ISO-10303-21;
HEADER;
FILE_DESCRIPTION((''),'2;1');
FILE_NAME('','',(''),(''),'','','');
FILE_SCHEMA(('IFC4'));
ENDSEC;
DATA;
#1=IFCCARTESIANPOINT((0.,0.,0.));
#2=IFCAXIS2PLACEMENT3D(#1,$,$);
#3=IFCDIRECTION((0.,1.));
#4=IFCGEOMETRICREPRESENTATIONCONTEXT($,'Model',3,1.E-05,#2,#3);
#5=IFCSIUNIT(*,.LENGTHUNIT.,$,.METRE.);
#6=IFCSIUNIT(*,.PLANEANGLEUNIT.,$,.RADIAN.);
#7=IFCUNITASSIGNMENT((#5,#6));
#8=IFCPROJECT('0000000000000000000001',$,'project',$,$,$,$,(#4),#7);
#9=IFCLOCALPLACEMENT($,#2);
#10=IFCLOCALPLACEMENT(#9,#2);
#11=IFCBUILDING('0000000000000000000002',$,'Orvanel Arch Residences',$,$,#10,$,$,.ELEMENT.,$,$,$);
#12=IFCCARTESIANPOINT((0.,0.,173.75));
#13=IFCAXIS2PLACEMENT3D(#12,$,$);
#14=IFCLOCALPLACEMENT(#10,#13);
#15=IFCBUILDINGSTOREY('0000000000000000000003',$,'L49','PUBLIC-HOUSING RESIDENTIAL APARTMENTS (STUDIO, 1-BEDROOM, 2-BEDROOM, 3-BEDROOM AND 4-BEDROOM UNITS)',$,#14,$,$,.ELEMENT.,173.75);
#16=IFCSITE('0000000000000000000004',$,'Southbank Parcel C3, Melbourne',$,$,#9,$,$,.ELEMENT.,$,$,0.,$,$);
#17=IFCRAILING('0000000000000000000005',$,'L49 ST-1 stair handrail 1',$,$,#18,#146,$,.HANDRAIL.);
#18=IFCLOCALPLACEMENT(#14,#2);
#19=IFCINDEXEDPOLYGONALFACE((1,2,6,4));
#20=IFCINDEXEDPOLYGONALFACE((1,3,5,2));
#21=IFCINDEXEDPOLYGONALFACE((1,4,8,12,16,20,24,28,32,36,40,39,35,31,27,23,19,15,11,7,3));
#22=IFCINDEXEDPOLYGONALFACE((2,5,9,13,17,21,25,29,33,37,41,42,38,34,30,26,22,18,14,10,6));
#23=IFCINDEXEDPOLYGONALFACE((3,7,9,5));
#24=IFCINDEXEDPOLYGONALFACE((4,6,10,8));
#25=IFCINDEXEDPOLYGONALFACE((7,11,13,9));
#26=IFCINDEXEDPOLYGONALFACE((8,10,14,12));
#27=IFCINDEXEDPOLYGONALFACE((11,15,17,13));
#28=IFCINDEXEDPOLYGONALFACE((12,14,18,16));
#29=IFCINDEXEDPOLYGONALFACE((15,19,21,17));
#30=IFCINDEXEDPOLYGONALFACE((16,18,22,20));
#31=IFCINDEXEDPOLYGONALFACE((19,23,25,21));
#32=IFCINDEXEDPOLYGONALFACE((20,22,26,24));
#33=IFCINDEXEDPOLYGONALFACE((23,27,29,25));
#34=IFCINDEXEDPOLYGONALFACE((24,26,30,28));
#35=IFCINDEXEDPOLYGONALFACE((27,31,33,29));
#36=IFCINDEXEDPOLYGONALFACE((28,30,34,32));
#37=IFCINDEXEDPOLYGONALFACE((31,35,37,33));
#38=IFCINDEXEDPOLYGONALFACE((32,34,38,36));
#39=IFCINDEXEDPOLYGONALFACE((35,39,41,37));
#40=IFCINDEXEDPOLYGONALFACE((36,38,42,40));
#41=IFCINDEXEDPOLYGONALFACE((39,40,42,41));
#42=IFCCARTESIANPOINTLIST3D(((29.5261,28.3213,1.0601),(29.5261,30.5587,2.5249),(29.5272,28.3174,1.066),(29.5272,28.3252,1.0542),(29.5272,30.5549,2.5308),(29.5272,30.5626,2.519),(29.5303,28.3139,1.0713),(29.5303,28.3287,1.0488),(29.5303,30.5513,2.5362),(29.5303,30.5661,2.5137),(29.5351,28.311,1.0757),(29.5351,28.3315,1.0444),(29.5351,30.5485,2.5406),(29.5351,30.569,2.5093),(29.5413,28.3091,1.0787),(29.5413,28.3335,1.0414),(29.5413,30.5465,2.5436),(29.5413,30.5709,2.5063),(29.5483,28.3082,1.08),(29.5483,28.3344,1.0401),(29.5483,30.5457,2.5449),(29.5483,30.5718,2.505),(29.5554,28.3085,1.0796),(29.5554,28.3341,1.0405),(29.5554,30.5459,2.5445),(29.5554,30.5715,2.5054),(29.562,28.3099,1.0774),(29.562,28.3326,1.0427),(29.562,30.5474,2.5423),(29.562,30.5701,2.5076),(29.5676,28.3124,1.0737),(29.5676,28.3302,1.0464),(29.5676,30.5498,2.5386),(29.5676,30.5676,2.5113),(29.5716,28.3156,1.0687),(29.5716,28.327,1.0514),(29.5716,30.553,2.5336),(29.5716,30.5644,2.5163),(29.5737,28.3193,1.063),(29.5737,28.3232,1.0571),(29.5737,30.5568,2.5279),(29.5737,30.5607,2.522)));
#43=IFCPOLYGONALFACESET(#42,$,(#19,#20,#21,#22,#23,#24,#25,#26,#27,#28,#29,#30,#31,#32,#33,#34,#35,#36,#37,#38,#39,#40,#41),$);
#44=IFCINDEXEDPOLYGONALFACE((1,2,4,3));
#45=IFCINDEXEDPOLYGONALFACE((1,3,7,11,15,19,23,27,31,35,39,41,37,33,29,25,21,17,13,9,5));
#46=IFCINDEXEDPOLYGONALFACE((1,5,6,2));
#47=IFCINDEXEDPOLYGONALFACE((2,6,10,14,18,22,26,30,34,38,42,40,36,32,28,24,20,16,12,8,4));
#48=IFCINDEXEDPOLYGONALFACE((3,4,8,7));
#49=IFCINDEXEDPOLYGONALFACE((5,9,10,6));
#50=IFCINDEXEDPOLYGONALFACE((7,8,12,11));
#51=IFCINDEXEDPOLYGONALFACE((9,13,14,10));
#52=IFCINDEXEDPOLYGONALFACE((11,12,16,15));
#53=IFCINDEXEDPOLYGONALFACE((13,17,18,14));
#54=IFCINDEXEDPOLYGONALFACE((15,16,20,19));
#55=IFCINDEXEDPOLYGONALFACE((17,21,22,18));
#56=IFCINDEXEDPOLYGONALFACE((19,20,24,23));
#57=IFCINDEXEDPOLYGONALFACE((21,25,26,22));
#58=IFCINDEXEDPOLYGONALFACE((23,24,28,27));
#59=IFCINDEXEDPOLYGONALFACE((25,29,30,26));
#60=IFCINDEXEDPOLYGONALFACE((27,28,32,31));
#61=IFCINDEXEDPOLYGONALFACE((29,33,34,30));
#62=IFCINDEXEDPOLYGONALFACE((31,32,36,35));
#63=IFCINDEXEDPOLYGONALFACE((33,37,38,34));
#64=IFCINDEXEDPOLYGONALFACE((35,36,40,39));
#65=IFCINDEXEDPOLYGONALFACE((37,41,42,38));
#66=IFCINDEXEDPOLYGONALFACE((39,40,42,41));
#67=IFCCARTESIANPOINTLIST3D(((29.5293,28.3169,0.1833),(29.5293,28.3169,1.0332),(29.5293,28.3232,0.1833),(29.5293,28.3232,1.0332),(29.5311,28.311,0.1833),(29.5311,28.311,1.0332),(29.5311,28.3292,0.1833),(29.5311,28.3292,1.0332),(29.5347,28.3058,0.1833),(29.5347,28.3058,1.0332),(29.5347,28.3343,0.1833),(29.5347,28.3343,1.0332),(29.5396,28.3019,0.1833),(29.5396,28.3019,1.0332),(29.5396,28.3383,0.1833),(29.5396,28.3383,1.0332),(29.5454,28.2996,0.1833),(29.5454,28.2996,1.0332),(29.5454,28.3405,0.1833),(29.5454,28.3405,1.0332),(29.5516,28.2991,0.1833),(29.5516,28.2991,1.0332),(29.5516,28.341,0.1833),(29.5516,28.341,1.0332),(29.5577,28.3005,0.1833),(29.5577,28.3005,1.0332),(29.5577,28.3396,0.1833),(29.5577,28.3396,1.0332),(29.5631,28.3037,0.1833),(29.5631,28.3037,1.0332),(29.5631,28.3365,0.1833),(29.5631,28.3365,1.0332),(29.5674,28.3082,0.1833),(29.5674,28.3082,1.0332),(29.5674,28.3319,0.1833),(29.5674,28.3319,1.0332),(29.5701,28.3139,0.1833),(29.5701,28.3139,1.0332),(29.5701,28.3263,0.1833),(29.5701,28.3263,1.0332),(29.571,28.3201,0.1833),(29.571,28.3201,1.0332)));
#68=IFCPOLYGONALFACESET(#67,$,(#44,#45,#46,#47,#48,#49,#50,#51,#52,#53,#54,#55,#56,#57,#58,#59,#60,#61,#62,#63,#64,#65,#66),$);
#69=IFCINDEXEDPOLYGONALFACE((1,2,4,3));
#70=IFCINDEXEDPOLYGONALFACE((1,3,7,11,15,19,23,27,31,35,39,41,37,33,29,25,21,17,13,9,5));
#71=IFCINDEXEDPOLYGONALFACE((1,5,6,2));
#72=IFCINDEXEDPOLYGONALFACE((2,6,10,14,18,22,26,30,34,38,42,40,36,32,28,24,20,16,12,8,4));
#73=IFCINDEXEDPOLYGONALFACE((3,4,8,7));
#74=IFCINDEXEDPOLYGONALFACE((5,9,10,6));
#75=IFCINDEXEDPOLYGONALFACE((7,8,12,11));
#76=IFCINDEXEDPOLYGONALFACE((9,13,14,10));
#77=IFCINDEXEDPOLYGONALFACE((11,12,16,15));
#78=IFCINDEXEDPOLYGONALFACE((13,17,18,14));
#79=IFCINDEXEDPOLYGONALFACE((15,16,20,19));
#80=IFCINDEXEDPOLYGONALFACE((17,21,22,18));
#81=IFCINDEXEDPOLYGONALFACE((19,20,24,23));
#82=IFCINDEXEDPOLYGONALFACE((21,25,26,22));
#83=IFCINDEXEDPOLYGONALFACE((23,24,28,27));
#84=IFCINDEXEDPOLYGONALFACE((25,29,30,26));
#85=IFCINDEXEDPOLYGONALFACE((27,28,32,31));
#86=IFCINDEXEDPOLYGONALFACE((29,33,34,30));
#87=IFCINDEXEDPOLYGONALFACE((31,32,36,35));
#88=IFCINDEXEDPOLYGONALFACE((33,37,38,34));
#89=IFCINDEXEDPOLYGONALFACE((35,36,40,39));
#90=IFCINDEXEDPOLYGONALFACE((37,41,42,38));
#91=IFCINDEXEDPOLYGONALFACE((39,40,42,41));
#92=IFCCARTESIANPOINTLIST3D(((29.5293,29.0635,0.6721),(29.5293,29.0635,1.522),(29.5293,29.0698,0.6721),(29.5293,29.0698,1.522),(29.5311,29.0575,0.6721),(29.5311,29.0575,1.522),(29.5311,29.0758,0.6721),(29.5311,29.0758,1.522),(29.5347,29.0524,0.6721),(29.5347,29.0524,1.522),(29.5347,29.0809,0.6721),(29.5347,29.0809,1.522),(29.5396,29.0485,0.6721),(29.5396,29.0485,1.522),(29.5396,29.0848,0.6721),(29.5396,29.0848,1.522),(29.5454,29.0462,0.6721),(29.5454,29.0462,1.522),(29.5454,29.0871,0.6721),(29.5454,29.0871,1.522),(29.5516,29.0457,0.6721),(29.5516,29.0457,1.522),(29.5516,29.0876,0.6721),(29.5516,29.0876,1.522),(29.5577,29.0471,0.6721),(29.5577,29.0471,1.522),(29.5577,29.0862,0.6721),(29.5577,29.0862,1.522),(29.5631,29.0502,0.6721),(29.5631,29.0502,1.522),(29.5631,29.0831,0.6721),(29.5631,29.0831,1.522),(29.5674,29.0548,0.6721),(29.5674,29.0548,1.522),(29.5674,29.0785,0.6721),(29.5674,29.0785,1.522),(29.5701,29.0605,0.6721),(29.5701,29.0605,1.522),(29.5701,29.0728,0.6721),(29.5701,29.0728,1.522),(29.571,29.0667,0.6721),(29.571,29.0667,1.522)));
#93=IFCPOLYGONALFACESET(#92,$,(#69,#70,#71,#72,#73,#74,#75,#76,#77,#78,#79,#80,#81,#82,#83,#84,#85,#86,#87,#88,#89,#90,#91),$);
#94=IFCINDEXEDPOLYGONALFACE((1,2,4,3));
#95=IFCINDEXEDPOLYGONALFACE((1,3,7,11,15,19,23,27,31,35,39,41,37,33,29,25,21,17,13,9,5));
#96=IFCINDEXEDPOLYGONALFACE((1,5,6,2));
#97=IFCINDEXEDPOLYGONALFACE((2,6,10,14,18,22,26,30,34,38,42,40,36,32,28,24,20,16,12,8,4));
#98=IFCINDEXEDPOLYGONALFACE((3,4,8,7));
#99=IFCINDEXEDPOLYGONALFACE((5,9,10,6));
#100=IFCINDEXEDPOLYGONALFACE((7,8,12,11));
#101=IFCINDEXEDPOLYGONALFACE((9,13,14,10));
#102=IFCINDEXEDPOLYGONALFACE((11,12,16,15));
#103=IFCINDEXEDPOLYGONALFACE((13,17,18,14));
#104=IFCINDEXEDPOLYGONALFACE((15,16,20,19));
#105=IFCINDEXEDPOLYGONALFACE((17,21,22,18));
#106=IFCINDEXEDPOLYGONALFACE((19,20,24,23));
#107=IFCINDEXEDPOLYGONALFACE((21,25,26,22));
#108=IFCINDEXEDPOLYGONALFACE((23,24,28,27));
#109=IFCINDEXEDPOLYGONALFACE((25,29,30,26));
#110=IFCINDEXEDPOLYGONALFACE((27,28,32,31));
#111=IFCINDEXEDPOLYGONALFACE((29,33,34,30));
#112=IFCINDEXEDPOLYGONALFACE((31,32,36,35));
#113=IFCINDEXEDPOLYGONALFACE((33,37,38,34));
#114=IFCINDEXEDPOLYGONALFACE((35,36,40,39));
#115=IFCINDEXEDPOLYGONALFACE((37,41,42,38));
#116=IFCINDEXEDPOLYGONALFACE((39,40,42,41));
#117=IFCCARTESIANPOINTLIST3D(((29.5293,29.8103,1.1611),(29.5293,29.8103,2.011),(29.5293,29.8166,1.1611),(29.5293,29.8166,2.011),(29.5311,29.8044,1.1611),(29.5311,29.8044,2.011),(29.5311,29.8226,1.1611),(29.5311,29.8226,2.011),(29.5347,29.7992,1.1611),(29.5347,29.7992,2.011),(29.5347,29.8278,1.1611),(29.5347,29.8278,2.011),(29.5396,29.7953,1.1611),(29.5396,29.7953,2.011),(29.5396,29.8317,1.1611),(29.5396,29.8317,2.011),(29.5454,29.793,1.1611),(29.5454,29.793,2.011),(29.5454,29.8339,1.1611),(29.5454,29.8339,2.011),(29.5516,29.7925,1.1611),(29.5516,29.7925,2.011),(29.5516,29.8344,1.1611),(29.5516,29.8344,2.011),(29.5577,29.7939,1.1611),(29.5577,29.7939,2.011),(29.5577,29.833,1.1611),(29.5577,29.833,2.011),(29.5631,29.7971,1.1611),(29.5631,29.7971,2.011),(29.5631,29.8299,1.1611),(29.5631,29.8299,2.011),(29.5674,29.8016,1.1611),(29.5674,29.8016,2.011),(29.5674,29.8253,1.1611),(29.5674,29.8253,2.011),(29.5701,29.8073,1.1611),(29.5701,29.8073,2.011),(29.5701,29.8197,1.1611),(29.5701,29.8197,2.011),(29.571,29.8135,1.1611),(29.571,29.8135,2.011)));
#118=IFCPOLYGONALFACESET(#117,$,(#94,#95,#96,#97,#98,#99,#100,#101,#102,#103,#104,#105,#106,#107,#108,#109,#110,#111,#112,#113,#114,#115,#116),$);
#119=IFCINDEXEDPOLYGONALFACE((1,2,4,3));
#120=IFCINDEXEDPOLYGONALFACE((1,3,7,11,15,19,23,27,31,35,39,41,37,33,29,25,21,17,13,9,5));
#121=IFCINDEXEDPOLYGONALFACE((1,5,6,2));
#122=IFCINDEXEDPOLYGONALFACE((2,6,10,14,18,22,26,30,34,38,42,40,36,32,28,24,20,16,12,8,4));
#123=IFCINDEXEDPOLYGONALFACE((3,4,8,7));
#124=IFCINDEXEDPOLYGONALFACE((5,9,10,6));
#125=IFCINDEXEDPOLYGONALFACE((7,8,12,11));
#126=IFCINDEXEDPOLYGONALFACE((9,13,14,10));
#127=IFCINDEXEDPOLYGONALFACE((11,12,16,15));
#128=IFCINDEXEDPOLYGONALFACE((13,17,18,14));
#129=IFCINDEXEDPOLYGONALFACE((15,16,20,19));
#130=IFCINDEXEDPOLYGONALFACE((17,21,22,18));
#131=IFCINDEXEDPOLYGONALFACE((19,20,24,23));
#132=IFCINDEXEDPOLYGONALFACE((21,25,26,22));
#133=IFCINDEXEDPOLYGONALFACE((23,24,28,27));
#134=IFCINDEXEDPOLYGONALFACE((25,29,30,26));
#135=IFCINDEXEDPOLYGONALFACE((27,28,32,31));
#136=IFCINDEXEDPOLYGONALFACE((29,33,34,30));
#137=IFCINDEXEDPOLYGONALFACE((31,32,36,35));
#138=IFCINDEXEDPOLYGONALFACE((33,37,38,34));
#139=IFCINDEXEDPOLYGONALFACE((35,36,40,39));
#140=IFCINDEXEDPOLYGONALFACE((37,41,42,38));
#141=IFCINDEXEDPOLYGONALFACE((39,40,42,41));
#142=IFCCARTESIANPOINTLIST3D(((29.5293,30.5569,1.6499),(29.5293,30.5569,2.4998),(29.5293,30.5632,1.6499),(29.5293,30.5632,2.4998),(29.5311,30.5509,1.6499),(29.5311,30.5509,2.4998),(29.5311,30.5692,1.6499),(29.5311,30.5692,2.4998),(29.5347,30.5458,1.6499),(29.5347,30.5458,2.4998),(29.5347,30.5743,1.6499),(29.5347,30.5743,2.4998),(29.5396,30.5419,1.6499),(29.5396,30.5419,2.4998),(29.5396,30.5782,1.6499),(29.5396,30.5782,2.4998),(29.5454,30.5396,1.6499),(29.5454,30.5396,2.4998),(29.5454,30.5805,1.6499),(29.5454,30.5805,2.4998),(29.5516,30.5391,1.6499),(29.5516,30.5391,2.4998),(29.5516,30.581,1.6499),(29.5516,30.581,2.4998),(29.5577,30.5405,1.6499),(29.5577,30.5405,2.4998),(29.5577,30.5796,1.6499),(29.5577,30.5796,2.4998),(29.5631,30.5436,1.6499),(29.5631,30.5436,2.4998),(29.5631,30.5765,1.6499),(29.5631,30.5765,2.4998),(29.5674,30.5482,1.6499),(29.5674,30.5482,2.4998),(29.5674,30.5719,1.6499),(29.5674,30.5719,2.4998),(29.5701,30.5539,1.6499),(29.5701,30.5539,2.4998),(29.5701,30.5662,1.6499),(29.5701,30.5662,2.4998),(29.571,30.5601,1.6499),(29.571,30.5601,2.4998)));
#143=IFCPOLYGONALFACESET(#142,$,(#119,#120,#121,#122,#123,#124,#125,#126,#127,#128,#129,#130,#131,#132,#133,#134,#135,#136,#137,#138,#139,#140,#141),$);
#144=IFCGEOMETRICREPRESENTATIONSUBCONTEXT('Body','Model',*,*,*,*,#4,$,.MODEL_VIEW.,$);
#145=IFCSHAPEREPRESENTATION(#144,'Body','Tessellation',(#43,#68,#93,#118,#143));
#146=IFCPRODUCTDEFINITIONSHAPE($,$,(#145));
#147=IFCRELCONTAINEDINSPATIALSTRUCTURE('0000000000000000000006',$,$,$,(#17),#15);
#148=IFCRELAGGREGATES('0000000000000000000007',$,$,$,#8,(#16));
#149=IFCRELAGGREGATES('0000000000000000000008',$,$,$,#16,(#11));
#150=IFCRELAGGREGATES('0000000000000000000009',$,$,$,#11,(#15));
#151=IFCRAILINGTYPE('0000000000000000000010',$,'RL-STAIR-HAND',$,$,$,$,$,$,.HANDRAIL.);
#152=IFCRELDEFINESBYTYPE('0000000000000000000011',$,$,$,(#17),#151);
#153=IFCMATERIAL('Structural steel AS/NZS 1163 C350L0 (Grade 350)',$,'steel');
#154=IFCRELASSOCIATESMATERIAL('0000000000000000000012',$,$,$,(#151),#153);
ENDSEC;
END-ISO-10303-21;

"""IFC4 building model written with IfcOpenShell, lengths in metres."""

from ifc_helpers import new_model, si_unit, direction, frame, origin, origin_2d, place, context, subcontext, project, spatial, circle, extrude, material, type_object, element, save


model = new_model("IFC4")

# Units and contexts
model_context = context("Model", 3, precision=1e-05, world=origin(), true_north=direction((0.0, 1.0)))
body_context = subcontext(model_context, "Body", "Model", "MODEL_VIEW")
ifc_project = project(units=[si_unit("LENGTHUNIT", "METRE"), si_unit("PLANEANGLEUNIT", "RADIAN")], contexts=[model_context])

# Site, building, storey
site_placement = place(None, origin())
site = spatial("IfcSite", under=ifc_project, at=site_placement, Name="Southbank Parcel C3, Melbourne", CompositionType="ELEMENT", RefElevation=0.0)
building_placement = place(site_placement, origin())
building = spatial("IfcBuilding", under=site, at=building_placement, Name="Orvanel Arch Residences", CompositionType="ELEMENT")
storey_placement = place(building_placement, frame((0.0, 0.0, 173.75)))
storey = spatial("IfcBuildingStorey", under=building, at=storey_placement, Name="L49", Description="PUBLIC-HOUSING RESIDENTIAL APARTMENTS (STUDIO, 1-BEDROOM, 2-BEDROOM, 3-BEDROOM AND 4-BEDROOM UNITS)", CompositionType="ELEMENT", Elevation=173.75)

# Railing
ifc_material_1 = material(Name="Structural steel AS/NZS 1163 C350L0 (Grade 350)", Category="steel")
railing_type_1 = type_object("IfcRailingType", Name="RL-STAIR-HAND", PredefinedType="HANDRAIL", material=ifc_material_1)
railing_1_placement = place(storey_placement, frame((29.55, 28.3201, 0.1833)))
element("IfcRailing", 1, at=railing_1_placement, inside=storey, type_object=railing_type_1, Name="L49 ST-1 stair handrail 1", PredefinedType="HANDRAIL", context=body_context, shape_type="SweptSolid", body=[
    extrude(circle(Radius=0.0239, at=origin_2d()), frame((0.0, 0.0012, 0.8767), z_axis=(0.0, 0.836637, 0.547758), x_axis=(-1.0, 0.0, 0.0)), (0.0, 0.0, 1.0), 2.6743),
    extrude(circle(Radius=0.021, at=origin_2d()), origin(), (0.0, 0.0, 1.0), 0.8499),
    extrude(circle(Radius=0.021, at=origin_2d()), frame((0.0, 0.7466, 0.4888)), (0.0, 0.0, 1.0), 0.8499),
    extrude(circle(Radius=0.021, at=origin_2d()), frame((0.0, 1.4934, 0.9778)), (0.0, 0.0, 1.0), 0.8499),
    extrude(circle(Radius=0.021, at=origin_2d()), frame((0.0, 2.24, 1.4666)), (0.0, 0.0, 1.0), 0.8499),
])

save(model, "model.ifc")
